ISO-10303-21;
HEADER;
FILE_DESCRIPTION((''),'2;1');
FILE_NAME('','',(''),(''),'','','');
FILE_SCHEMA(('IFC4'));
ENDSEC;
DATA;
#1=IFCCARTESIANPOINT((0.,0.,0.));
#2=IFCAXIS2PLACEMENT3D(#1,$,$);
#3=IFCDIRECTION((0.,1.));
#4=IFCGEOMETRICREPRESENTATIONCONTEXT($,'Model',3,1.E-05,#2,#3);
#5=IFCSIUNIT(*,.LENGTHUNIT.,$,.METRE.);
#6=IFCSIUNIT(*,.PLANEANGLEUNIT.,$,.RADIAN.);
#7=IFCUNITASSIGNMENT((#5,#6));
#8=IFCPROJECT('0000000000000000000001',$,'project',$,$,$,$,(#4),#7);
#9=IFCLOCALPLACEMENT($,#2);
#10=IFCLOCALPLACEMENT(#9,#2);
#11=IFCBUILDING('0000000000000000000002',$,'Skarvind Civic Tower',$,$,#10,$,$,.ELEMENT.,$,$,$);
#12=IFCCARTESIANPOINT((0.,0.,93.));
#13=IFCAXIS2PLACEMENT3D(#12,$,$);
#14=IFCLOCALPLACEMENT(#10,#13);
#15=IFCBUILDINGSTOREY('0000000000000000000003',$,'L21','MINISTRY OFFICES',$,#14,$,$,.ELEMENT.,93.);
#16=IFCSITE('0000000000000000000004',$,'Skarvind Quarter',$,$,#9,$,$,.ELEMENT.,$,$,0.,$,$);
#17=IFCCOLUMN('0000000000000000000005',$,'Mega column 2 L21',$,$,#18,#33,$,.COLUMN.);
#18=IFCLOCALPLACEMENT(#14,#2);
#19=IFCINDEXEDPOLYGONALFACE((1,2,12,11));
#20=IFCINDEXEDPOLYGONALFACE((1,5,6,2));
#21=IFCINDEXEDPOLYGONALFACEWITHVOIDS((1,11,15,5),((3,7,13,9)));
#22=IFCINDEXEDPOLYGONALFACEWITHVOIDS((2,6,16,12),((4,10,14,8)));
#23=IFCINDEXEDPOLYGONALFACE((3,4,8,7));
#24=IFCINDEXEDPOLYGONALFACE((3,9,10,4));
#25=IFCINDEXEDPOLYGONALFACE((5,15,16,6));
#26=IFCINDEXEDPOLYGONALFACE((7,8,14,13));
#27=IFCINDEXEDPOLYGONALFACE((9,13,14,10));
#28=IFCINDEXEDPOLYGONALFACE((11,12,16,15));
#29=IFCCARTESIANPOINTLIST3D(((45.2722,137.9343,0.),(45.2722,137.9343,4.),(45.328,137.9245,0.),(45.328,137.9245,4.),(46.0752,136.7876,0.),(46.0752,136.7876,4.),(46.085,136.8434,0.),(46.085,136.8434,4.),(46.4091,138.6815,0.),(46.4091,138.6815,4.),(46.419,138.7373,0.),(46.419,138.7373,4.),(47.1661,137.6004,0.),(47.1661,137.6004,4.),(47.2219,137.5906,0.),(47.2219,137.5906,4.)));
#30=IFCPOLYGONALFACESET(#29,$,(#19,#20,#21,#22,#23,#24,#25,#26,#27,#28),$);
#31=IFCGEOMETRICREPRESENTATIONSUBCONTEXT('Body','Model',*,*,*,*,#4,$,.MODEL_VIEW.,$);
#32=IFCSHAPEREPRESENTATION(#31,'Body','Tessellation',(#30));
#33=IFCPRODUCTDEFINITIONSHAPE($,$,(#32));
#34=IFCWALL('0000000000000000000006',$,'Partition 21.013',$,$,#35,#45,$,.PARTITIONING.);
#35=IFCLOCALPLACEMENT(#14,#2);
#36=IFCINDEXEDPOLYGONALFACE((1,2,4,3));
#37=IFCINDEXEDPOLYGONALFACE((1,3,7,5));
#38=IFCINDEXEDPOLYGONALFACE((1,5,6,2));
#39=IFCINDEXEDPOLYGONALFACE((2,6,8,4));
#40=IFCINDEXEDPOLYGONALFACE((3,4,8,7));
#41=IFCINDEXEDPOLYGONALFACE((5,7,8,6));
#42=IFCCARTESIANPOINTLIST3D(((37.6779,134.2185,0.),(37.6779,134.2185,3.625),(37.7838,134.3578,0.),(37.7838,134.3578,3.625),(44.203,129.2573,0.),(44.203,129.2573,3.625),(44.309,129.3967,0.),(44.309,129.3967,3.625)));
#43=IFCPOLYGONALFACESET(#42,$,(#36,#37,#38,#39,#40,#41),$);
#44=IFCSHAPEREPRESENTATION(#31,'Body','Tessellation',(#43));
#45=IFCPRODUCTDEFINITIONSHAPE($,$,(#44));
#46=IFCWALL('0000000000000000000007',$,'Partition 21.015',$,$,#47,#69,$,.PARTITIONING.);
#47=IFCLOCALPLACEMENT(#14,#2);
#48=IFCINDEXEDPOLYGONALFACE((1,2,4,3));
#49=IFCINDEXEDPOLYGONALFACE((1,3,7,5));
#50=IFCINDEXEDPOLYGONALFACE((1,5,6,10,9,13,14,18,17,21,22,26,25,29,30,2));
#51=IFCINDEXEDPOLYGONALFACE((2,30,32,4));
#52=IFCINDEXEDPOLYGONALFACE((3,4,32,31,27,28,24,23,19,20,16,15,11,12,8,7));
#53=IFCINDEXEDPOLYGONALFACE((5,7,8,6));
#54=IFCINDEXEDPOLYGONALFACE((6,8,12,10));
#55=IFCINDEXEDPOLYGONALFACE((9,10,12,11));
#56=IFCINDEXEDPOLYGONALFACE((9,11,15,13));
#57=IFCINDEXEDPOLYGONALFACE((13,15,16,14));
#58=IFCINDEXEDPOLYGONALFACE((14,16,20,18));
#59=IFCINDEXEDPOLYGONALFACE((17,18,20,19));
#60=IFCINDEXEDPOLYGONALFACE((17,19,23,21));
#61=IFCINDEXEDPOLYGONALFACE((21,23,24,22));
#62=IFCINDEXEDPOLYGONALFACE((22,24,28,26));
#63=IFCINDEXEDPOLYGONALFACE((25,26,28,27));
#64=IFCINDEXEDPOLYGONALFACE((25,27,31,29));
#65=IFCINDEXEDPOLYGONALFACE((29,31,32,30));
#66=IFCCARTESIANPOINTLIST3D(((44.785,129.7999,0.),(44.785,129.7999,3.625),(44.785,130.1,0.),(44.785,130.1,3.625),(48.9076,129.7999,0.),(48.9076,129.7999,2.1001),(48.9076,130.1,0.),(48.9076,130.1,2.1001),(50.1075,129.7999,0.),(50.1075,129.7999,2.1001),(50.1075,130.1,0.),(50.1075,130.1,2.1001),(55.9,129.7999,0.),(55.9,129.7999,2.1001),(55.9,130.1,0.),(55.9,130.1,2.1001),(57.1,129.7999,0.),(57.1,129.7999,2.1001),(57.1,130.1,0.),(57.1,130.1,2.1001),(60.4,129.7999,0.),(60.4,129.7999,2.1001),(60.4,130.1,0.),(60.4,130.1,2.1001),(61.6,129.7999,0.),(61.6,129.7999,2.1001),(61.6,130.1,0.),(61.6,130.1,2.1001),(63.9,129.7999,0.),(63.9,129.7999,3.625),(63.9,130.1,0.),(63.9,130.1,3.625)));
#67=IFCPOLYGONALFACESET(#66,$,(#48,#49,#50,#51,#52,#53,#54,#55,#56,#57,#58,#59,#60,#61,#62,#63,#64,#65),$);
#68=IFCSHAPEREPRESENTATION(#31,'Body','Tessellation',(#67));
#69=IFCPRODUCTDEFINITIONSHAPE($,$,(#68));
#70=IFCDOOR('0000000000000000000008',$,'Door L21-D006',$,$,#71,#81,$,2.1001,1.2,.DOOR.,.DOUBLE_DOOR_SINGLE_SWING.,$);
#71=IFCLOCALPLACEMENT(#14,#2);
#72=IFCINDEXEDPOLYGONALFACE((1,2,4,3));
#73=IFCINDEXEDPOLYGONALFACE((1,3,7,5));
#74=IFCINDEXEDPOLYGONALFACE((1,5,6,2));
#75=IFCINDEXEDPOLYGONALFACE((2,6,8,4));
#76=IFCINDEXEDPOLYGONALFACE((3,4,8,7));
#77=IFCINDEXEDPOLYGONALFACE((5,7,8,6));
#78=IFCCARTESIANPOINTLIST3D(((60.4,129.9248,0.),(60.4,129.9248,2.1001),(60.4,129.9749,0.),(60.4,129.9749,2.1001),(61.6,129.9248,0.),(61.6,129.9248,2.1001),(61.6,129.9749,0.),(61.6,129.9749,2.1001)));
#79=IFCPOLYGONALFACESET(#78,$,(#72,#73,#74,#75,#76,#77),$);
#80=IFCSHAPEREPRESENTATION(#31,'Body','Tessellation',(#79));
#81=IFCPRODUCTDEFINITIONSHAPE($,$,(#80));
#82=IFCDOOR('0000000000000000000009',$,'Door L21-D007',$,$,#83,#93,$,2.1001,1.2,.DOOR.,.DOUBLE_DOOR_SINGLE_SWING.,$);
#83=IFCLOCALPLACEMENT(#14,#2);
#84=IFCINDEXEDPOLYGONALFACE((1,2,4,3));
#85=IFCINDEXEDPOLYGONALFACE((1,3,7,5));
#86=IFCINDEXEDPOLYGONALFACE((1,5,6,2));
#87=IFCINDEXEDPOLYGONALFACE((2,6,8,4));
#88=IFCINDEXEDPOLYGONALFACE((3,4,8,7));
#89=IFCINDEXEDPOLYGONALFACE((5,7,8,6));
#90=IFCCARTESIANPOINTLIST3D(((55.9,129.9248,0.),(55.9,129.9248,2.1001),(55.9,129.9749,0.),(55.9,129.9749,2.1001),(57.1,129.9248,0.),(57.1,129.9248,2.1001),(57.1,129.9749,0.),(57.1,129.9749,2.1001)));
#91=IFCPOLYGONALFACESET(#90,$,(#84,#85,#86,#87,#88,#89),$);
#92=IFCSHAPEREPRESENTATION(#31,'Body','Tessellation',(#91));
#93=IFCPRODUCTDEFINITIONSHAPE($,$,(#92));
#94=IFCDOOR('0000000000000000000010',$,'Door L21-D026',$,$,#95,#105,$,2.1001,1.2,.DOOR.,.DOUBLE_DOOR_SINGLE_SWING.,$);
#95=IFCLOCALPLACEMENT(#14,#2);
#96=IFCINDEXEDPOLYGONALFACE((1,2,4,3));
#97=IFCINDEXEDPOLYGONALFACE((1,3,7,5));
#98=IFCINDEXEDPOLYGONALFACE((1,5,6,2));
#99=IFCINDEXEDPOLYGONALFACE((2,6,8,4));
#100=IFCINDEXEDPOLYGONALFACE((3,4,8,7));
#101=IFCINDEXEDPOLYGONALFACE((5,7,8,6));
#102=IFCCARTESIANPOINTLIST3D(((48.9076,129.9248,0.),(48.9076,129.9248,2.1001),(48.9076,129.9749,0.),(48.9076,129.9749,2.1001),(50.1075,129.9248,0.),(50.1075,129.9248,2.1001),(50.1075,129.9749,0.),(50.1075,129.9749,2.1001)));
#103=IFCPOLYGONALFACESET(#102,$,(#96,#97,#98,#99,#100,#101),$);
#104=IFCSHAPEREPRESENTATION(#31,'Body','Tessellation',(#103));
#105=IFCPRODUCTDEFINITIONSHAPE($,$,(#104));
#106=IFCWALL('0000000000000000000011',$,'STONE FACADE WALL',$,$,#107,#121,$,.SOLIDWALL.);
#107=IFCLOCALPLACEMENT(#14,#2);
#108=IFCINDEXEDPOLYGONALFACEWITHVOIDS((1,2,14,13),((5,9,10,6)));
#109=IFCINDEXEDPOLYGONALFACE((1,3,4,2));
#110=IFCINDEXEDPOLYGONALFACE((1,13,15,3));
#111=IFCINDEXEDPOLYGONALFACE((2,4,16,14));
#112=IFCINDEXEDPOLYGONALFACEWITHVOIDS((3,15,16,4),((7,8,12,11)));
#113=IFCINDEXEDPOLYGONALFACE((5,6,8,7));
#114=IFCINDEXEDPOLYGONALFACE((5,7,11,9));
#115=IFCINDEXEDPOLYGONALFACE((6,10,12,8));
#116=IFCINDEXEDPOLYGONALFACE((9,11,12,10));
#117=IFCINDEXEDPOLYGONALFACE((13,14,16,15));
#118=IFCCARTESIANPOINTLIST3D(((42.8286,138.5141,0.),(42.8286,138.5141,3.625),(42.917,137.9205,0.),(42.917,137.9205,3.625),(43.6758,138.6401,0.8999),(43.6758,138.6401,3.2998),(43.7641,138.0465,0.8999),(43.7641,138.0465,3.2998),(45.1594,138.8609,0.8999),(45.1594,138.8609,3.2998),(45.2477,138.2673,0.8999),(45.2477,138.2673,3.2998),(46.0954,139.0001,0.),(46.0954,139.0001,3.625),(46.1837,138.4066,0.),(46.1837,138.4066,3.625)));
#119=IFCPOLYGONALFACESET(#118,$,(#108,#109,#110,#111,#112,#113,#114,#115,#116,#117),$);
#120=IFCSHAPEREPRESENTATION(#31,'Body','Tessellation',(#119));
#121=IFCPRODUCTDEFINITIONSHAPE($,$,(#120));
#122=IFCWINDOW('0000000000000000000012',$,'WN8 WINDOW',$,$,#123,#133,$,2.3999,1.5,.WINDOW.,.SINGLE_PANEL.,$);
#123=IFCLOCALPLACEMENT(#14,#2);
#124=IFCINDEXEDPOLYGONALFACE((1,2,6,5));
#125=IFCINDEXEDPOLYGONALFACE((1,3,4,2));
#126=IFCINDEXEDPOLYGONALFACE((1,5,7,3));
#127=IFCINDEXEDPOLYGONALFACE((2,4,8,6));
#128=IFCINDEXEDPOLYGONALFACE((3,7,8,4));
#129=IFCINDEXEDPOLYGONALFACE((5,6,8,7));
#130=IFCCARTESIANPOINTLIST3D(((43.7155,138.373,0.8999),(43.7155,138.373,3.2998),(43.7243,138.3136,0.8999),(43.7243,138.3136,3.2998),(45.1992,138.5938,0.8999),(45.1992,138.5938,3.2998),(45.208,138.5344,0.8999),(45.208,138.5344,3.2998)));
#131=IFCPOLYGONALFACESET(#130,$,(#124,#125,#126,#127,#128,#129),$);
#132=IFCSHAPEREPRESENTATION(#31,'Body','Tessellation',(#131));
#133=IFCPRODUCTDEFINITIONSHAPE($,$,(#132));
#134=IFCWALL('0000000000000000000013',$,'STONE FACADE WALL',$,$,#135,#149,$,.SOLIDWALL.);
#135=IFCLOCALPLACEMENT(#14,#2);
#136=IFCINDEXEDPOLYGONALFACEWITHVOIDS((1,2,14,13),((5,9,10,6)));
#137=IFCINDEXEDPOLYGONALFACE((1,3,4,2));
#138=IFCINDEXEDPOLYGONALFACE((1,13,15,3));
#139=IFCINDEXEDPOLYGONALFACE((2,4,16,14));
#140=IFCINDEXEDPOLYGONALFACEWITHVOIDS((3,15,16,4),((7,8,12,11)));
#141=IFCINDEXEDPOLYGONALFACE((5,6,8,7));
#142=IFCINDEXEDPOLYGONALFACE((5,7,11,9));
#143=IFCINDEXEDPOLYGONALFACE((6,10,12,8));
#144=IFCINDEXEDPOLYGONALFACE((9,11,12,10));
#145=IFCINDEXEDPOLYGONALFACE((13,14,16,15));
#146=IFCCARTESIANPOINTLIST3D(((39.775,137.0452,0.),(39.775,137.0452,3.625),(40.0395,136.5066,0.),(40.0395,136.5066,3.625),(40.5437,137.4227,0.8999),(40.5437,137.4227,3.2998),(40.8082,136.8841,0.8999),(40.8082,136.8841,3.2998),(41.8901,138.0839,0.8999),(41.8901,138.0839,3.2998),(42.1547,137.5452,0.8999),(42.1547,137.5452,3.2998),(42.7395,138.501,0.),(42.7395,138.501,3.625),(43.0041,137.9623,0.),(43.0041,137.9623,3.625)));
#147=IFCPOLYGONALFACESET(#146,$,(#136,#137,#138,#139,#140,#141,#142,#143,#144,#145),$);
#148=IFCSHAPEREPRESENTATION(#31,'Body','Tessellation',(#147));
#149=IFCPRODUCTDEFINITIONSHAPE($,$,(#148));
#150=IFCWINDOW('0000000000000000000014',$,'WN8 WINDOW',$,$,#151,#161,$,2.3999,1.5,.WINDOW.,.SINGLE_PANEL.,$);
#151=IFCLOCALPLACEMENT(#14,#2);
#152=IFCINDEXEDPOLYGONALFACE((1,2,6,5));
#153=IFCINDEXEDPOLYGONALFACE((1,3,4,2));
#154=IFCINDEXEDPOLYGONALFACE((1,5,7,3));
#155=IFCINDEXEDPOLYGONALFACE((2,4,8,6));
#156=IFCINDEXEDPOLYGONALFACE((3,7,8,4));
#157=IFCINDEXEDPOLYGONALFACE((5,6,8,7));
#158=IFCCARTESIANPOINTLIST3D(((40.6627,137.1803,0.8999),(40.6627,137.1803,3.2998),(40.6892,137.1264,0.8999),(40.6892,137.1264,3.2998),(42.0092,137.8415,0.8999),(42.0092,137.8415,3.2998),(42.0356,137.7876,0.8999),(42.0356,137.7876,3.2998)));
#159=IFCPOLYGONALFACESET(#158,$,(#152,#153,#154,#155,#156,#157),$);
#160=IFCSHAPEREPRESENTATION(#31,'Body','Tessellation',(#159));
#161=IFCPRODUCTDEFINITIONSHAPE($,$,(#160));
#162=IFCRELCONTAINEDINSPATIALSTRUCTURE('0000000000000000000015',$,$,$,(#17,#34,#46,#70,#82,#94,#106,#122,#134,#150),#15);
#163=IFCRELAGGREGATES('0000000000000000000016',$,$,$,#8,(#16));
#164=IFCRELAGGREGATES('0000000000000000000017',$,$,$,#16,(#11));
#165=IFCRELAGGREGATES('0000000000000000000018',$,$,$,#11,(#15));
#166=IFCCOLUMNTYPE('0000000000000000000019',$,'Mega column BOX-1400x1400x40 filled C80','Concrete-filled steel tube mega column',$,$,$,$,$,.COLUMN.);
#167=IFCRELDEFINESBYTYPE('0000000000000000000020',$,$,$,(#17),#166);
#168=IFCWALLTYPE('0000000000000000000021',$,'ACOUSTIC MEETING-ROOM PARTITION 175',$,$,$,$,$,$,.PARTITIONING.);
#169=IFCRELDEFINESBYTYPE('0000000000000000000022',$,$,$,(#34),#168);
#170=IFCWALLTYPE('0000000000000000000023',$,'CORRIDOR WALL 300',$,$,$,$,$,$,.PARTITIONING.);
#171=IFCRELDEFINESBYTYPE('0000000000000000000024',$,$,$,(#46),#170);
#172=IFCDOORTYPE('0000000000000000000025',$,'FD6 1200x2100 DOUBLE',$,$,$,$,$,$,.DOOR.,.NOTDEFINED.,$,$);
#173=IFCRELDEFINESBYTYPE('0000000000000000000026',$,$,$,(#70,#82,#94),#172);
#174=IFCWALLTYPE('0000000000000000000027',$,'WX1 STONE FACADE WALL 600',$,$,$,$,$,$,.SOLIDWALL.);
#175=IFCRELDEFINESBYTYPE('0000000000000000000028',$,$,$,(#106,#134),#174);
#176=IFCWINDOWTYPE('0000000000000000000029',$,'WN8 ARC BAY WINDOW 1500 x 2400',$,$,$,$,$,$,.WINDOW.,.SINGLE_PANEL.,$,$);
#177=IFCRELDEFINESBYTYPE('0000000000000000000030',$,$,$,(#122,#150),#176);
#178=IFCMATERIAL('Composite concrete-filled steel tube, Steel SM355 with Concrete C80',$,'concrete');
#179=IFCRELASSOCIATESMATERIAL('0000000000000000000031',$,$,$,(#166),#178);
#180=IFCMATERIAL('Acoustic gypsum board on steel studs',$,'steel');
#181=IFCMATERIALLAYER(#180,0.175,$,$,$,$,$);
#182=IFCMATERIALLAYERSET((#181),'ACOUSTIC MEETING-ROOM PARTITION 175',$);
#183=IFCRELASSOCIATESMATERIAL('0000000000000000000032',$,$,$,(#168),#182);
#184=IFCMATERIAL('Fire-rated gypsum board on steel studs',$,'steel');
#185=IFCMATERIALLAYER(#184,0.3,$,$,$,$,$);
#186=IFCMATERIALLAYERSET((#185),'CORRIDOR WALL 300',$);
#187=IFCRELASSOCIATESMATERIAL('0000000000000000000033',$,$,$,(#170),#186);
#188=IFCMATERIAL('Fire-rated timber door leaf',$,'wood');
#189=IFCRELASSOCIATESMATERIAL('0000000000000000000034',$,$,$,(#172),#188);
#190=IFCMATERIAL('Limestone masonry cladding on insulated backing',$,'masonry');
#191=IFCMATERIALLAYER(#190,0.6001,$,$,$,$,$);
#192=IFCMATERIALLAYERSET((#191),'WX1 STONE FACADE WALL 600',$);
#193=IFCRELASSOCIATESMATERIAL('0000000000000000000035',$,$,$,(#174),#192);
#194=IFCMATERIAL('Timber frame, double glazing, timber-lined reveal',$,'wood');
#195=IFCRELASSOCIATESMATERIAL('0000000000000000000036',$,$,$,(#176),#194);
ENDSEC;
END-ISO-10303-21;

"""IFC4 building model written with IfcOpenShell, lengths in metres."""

from ifc_helpers import new_model, si_unit, direction, frame, frame_2d, origin, origin_2d, place, context, subcontext, project, spatial, rectangle, hollow_rectangle, extrude, material, layer, layer_set, material_profile, profile_set, type_object, element, fill, save


model = new_model("IFC4")

# Units and contexts
model_context = context("Model", 3, precision=1e-05, world=origin(), true_north=direction((0.0, 1.0)))
body_context = subcontext(model_context, "Body", "Model", "MODEL_VIEW")
ifc_project = project(units=[si_unit("LENGTHUNIT", "METRE"), si_unit("PLANEANGLEUNIT", "RADIAN")], contexts=[model_context])

# Site, building, storey
site_placement = place(None, origin())
site = spatial("IfcSite", under=ifc_project, at=site_placement, Name="Skarvind Quarter", CompositionType="ELEMENT", RefElevation=0.0)
building_placement = place(site_placement, origin())
building = spatial("IfcBuilding", under=site, at=building_placement, Name="Skarvind Civic Tower", CompositionType="ELEMENT")
storey_placement = place(building_placement, frame((0.0, 0.0, 93.0)))
storey = spatial("IfcBuildingStorey", under=building, at=storey_placement, Name="L21", Description="MINISTRY OFFICES", CompositionType="ELEMENT", Elevation=93.0)

# Column
ifc_material_1 = material(Name="Composite concrete-filled steel tube, Steel SM355 with Concrete C80", Category="concrete")
ifc_material_profile = material_profile(ifc_material_1, hollow_rectangle(XDim=1.3999, YDim=1.3999, WallThickness=0.04, at=origin_2d()), Name="BOX-1400x1400x40")
ifc_profile_set = profile_set([ifc_material_profile], Name="Composite concrete-filled steel tube, Steel SM355 with Concrete C80")
column_type = type_object("IfcColumnType", Name="Mega column BOX-1400x1400x40 filled C80", Description="Concrete-filled steel tube mega column", PredefinedType="COLUMN", material=ifc_profile_set)
column_placement = place(storey_placement, frame((46.2471, 137.7625, 0.0), z_axis=(0.0, 0.0, 1.0), x_axis=(0.573576, -0.819152, 0.0)))
element("IfcColumn", 1, at=column_placement, inside=storey, type_object=column_type, Name="Mega column 2 L21", PredefinedType="COLUMN", context=body_context, shape_type="SweptSolid", body=[
    extrude(hollow_rectangle(XDim=1.3999, YDim=1.3999, WallThickness=0.04, at=origin_2d()), origin(), (0.0, 0.0, 1.0), 4.0),
])

# Wall
ifc_material_2 = material(Name="Acoustic gypsum board on steel studs", Category="steel")
ifc_layer_1 = layer(ifc_material_2, 0.175)
ifc_layer_set_1 = layer_set([ifc_layer_1], Name="ACOUSTIC MEETING-ROOM PARTITION 175")
wall_type_1 = type_object("IfcWallType", Name="ACOUSTIC MEETING-ROOM PARTITION 175", PredefinedType="PARTITIONING", material=ifc_layer_set_1)
wall_1_placement = place(storey_placement, frame((44.2561, 129.3269, 0.0), z_axis=(0.0, 0.0, 1.0), x_axis=(-0.796041, 0.605243, 0.0)))
element("IfcWall", 2, at=wall_1_placement, inside=storey, type_object=wall_type_1, Name="Partition 21.013", PredefinedType="PARTITIONING", context=body_context, shape_type="SweptSolid", body=[
    extrude(rectangle(XDim=8.197, YDim=0.175, at=frame_2d((4.0986, 0.0))), origin(), (0.0, 0.0, 1.0), 3.625),
])

# Wall, openings, doors
ifc_material_3 = material(Name="Fire-rated gypsum board on steel studs", Category="steel")
ifc_layer_2 = layer(ifc_material_3, 0.3)
ifc_layer_set_2 = layer_set([ifc_layer_2], Name="CORRIDOR WALL 300")
wall_type_2 = type_object("IfcWallType", Name="CORRIDOR WALL 300", PredefinedType="PARTITIONING", material=ifc_layer_set_2)
wall_2_placement = place(storey_placement, frame((44.7849, 129.95, 0.0), z_axis=(0.0, 0.0, 1.0), x_axis=(1.0, 0.0, 0.0)))
wall_2 = element("IfcWall", 3, at=wall_2_placement, inside=storey, type_object=wall_type_2, Name="Partition 21.015", PredefinedType="PARTITIONING", context=body_context, shape_type="SweptSolid", body=[
    extrude(rectangle(XDim=19.115, YDim=0.3, at=frame_2d((9.5576, 0.0))), origin(), (0.0, 0.0, 1.0), 3.625),
])
opening_1_placement = place(wall_2_placement, frame((15.615, 0.0, 0.0)))
opening_1 = element("IfcOpeningElement", 4, at=opening_1_placement, cuts=wall_2, PredefinedType="OPENING", context=body_context, shape_type="SweptSolid", body=[
    extrude(rectangle(XDim=1.2, YDim=2.1001, at=frame_2d((0.6001, 1.05))), frame((0.0, 0.1599, 0.0), z_axis=(0.0, -1.0, 0.0), x_axis=(1.0, 0.0, 0.0)), (0.0, 0.0, 1.0), 0.3201),
])
opening_2_placement = place(wall_2_placement, frame((11.115, 0.0, 0.0)))
opening_2 = element("IfcOpeningElement", 5, at=opening_2_placement, cuts=wall_2, PredefinedType="OPENING", context=body_context, shape_type="SweptSolid", body=[
    extrude(rectangle(XDim=1.2, YDim=2.1001, at=frame_2d((0.6001, 1.05))), frame((0.0, 0.1599, 0.0), z_axis=(0.0, -1.0, 0.0), x_axis=(1.0, 0.0, 0.0)), (0.0, 0.0, 1.0), 0.3201),
])
opening_3_placement = place(wall_2_placement, frame((4.1226, 0.0, 0.0)))
opening_3 = element("IfcOpeningElement", 6, at=opening_3_placement, cuts=wall_2, PredefinedType="OPENING", context=body_context, shape_type="SweptSolid", body=[
    extrude(rectangle(XDim=1.2, YDim=2.1001, at=frame_2d((0.6001, 1.05))), frame((0.0, 0.1599, 0.0), z_axis=(0.0, -1.0, 0.0), x_axis=(1.0, 0.0, 0.0)), (0.0, 0.0, 1.0), 0.3201),
])
ifc_material_4 = material(Name="Fire-rated timber door leaf", Category="wood")
door_type_1 = type_object("IfcDoorType", Name="FD6 1200x2100 DOUBLE", OperationType="NOTDEFINED", PredefinedType="DOOR", material=ifc_material_4)
door_1_placement = place(opening_1_placement, origin())
door_1 = element("IfcDoor", 7, at=door_1_placement, inside=storey, type_object=door_type_1, Name="Door L21-D006", OperationType="DOUBLE_DOOR_SINGLE_SWING", OverallHeight=2.1001, OverallWidth=1.2, PredefinedType="DOOR", context=body_context, shape_type="SweptSolid", body=[
    extrude(rectangle(XDim=1.2, YDim=2.1001, at=frame_2d((0.6001, 1.05))), frame((0.0, 0.0249, 0.0), z_axis=(0.0, -1.0, 0.0), x_axis=(1.0, 0.0, 0.0)), (0.0, 0.0, 1.0), 0.05),
])
fill(opening_1, door_1)
door_2_placement = place(opening_2_placement, origin())
door_2 = element("IfcDoor", 8, at=door_2_placement, inside=storey, type_object=door_type_1, Name="Door L21-D007", OperationType="DOUBLE_DOOR_SINGLE_SWING", OverallHeight=2.1001, OverallWidth=1.2, PredefinedType="DOOR", context=body_context, shape_type="SweptSolid", body=[
    extrude(rectangle(XDim=1.2, YDim=2.1001, at=frame_2d((0.6001, 1.05))), frame((0.0, 0.0249, 0.0), z_axis=(0.0, -1.0, 0.0), x_axis=(1.0, 0.0, 0.0)), (0.0, 0.0, 1.0), 0.05),
])
fill(opening_2, door_2)
door_3_placement = place(opening_3_placement, origin())
door_3 = element("IfcDoor", 9, at=door_3_placement, inside=storey, type_object=door_type_1, Name="Door L21-D026", OperationType="DOUBLE_DOOR_SINGLE_SWING", OverallHeight=2.1001, OverallWidth=1.2, PredefinedType="DOOR", context=body_context, shape_type="SweptSolid", body=[
    extrude(rectangle(XDim=1.2, YDim=2.1001, at=frame_2d((0.6001, 1.05))), frame((0.0, 0.0249, 0.0), z_axis=(0.0, -1.0, 0.0), x_axis=(1.0, 0.0, 0.0)), (0.0, 0.0, 1.0), 0.05),
])
fill(opening_3, door_3)

# Shared definitions
ifc_material_5 = material(Name="Limestone masonry cladding on insulated backing", Category="masonry")
ifc_layer_3 = layer(ifc_material_5, 0.6001)
ifc_layer_set_3 = layer_set([ifc_layer_3], Name="WX1 STONE FACADE WALL 600")
wall_type_3 = type_object("IfcWallType", Name="WX1 STONE FACADE WALL 600", PredefinedType="SOLIDWALL", material=ifc_layer_set_3)
ifc_material_6 = material(Name="Timber frame, double glazing, timber-lined reveal", Category="wood")

# Walls, openings, windows
wall_3_placement = place(storey_placement, frame((42.8728, 138.2173, 0.0), z_axis=(0.0, 0.0, 1.0), x_axis=(0.989111, 0.147173, 0.0)))
wall_3 = element("IfcWall", 10, at=wall_3_placement, inside=storey, type_object=wall_type_3, Name="STONE FACADE WALL", PredefinedType="SOLIDWALL", context=body_context, shape_type="SweptSolid", body=[
    extrude(rectangle(XDim=3.3027, YDim=0.6001, at=frame_2d((1.6514, 0.0))), origin(), (0.0, 0.0, 1.0), 3.625),
])
opening_4_placement = place(wall_3_placement, frame((0.8564, 0.0, 0.8999)))
opening_4 = element("IfcOpeningElement", 11, at=opening_4_placement, cuts=wall_3, PredefinedType="OPENING", context=body_context, shape_type="SweptSolid", body=[
    extrude(rectangle(XDim=1.5, YDim=2.3999, at=frame_2d((0.75, 1.2))), frame((0.0, 0.3101, 0.0), z_axis=(0.0, -1.0, 0.0), x_axis=(1.0, 0.0, 0.0)), (0.0, 0.0, 1.0), 0.6201),
])
window_type_1 = type_object("IfcWindowType", Name="WN8 ARC BAY WINDOW 1500 x 2400", PartitioningType="SINGLE_PANEL", PredefinedType="WINDOW", material=ifc_material_6)
window_1_placement = place(opening_4_placement, origin())
window_1 = element("IfcWindow", 12, at=window_1_placement, inside=storey, type_object=window_type_1, Name="WN8 WINDOW", OverallHeight=2.3999, OverallWidth=1.5, PartitioningType="SINGLE_PANEL", PredefinedType="WINDOW", context=body_context, shape_type="SweptSolid", body=[
    extrude(rectangle(XDim=1.5, YDim=2.3999, at=frame_2d((0.75, 1.2))), frame((0.0, 0.03, 0.0), z_axis=(0.0, -1.0, 0.0), x_axis=(1.0, 0.0, 0.0)), (0.0, 0.0, 1.0), 0.0601),
])
fill(opening_4, window_1)
wall_4_placement = place(storey_placement, frame((39.9072, 136.7759, 0.0), z_axis=(0.0, 0.0, 1.0), x_axis=(0.897612, 0.440786, 0.0)))
wall_4 = element("IfcWall", 13, at=wall_4_placement, inside=storey, type_object=wall_type_3, Name="STONE FACADE WALL", PredefinedType="SOLIDWALL", context=body_context, shape_type="SweptSolid", body=[
    extrude(rectangle(XDim=3.3027, YDim=0.6001, at=frame_2d((1.6514, 0.0))), origin(), (0.0, 0.0, 1.0), 3.625),
])
opening_5_placement = place(wall_4_placement, frame((0.8564, 0.0, 0.8999)))
opening_5 = element("IfcOpeningElement", 14, at=opening_5_placement, cuts=wall_4, PredefinedType="OPENING", context=body_context, shape_type="SweptSolid", body=[
    extrude(rectangle(XDim=1.5, YDim=2.3999, at=frame_2d((0.75, 1.2))), frame((0.0, 0.3101, 0.0), z_axis=(0.0, -1.0, 0.0), x_axis=(1.0, 0.0, 0.0)), (0.0, 0.0, 1.0), 0.6201),
])
window_2_placement = place(opening_5_placement, origin())
window_2 = element("IfcWindow", 15, at=window_2_placement, inside=storey, type_object=window_type_1, Name="WN8 WINDOW", OverallHeight=2.3999, OverallWidth=1.5, PartitioningType="SINGLE_PANEL", PredefinedType="WINDOW", context=body_context, shape_type="SweptSolid", body=[
    extrude(rectangle(XDim=1.5, YDim=2.3999, at=frame_2d((0.75, 1.2))), frame((0.0, 0.03, 0.0), z_axis=(0.0, -1.0, 0.0), x_axis=(1.0, 0.0, 0.0)), (0.0, 0.0, 1.0), 0.0601),
])
fill(opening_5, window_2)

save(model, "model.ifc")
